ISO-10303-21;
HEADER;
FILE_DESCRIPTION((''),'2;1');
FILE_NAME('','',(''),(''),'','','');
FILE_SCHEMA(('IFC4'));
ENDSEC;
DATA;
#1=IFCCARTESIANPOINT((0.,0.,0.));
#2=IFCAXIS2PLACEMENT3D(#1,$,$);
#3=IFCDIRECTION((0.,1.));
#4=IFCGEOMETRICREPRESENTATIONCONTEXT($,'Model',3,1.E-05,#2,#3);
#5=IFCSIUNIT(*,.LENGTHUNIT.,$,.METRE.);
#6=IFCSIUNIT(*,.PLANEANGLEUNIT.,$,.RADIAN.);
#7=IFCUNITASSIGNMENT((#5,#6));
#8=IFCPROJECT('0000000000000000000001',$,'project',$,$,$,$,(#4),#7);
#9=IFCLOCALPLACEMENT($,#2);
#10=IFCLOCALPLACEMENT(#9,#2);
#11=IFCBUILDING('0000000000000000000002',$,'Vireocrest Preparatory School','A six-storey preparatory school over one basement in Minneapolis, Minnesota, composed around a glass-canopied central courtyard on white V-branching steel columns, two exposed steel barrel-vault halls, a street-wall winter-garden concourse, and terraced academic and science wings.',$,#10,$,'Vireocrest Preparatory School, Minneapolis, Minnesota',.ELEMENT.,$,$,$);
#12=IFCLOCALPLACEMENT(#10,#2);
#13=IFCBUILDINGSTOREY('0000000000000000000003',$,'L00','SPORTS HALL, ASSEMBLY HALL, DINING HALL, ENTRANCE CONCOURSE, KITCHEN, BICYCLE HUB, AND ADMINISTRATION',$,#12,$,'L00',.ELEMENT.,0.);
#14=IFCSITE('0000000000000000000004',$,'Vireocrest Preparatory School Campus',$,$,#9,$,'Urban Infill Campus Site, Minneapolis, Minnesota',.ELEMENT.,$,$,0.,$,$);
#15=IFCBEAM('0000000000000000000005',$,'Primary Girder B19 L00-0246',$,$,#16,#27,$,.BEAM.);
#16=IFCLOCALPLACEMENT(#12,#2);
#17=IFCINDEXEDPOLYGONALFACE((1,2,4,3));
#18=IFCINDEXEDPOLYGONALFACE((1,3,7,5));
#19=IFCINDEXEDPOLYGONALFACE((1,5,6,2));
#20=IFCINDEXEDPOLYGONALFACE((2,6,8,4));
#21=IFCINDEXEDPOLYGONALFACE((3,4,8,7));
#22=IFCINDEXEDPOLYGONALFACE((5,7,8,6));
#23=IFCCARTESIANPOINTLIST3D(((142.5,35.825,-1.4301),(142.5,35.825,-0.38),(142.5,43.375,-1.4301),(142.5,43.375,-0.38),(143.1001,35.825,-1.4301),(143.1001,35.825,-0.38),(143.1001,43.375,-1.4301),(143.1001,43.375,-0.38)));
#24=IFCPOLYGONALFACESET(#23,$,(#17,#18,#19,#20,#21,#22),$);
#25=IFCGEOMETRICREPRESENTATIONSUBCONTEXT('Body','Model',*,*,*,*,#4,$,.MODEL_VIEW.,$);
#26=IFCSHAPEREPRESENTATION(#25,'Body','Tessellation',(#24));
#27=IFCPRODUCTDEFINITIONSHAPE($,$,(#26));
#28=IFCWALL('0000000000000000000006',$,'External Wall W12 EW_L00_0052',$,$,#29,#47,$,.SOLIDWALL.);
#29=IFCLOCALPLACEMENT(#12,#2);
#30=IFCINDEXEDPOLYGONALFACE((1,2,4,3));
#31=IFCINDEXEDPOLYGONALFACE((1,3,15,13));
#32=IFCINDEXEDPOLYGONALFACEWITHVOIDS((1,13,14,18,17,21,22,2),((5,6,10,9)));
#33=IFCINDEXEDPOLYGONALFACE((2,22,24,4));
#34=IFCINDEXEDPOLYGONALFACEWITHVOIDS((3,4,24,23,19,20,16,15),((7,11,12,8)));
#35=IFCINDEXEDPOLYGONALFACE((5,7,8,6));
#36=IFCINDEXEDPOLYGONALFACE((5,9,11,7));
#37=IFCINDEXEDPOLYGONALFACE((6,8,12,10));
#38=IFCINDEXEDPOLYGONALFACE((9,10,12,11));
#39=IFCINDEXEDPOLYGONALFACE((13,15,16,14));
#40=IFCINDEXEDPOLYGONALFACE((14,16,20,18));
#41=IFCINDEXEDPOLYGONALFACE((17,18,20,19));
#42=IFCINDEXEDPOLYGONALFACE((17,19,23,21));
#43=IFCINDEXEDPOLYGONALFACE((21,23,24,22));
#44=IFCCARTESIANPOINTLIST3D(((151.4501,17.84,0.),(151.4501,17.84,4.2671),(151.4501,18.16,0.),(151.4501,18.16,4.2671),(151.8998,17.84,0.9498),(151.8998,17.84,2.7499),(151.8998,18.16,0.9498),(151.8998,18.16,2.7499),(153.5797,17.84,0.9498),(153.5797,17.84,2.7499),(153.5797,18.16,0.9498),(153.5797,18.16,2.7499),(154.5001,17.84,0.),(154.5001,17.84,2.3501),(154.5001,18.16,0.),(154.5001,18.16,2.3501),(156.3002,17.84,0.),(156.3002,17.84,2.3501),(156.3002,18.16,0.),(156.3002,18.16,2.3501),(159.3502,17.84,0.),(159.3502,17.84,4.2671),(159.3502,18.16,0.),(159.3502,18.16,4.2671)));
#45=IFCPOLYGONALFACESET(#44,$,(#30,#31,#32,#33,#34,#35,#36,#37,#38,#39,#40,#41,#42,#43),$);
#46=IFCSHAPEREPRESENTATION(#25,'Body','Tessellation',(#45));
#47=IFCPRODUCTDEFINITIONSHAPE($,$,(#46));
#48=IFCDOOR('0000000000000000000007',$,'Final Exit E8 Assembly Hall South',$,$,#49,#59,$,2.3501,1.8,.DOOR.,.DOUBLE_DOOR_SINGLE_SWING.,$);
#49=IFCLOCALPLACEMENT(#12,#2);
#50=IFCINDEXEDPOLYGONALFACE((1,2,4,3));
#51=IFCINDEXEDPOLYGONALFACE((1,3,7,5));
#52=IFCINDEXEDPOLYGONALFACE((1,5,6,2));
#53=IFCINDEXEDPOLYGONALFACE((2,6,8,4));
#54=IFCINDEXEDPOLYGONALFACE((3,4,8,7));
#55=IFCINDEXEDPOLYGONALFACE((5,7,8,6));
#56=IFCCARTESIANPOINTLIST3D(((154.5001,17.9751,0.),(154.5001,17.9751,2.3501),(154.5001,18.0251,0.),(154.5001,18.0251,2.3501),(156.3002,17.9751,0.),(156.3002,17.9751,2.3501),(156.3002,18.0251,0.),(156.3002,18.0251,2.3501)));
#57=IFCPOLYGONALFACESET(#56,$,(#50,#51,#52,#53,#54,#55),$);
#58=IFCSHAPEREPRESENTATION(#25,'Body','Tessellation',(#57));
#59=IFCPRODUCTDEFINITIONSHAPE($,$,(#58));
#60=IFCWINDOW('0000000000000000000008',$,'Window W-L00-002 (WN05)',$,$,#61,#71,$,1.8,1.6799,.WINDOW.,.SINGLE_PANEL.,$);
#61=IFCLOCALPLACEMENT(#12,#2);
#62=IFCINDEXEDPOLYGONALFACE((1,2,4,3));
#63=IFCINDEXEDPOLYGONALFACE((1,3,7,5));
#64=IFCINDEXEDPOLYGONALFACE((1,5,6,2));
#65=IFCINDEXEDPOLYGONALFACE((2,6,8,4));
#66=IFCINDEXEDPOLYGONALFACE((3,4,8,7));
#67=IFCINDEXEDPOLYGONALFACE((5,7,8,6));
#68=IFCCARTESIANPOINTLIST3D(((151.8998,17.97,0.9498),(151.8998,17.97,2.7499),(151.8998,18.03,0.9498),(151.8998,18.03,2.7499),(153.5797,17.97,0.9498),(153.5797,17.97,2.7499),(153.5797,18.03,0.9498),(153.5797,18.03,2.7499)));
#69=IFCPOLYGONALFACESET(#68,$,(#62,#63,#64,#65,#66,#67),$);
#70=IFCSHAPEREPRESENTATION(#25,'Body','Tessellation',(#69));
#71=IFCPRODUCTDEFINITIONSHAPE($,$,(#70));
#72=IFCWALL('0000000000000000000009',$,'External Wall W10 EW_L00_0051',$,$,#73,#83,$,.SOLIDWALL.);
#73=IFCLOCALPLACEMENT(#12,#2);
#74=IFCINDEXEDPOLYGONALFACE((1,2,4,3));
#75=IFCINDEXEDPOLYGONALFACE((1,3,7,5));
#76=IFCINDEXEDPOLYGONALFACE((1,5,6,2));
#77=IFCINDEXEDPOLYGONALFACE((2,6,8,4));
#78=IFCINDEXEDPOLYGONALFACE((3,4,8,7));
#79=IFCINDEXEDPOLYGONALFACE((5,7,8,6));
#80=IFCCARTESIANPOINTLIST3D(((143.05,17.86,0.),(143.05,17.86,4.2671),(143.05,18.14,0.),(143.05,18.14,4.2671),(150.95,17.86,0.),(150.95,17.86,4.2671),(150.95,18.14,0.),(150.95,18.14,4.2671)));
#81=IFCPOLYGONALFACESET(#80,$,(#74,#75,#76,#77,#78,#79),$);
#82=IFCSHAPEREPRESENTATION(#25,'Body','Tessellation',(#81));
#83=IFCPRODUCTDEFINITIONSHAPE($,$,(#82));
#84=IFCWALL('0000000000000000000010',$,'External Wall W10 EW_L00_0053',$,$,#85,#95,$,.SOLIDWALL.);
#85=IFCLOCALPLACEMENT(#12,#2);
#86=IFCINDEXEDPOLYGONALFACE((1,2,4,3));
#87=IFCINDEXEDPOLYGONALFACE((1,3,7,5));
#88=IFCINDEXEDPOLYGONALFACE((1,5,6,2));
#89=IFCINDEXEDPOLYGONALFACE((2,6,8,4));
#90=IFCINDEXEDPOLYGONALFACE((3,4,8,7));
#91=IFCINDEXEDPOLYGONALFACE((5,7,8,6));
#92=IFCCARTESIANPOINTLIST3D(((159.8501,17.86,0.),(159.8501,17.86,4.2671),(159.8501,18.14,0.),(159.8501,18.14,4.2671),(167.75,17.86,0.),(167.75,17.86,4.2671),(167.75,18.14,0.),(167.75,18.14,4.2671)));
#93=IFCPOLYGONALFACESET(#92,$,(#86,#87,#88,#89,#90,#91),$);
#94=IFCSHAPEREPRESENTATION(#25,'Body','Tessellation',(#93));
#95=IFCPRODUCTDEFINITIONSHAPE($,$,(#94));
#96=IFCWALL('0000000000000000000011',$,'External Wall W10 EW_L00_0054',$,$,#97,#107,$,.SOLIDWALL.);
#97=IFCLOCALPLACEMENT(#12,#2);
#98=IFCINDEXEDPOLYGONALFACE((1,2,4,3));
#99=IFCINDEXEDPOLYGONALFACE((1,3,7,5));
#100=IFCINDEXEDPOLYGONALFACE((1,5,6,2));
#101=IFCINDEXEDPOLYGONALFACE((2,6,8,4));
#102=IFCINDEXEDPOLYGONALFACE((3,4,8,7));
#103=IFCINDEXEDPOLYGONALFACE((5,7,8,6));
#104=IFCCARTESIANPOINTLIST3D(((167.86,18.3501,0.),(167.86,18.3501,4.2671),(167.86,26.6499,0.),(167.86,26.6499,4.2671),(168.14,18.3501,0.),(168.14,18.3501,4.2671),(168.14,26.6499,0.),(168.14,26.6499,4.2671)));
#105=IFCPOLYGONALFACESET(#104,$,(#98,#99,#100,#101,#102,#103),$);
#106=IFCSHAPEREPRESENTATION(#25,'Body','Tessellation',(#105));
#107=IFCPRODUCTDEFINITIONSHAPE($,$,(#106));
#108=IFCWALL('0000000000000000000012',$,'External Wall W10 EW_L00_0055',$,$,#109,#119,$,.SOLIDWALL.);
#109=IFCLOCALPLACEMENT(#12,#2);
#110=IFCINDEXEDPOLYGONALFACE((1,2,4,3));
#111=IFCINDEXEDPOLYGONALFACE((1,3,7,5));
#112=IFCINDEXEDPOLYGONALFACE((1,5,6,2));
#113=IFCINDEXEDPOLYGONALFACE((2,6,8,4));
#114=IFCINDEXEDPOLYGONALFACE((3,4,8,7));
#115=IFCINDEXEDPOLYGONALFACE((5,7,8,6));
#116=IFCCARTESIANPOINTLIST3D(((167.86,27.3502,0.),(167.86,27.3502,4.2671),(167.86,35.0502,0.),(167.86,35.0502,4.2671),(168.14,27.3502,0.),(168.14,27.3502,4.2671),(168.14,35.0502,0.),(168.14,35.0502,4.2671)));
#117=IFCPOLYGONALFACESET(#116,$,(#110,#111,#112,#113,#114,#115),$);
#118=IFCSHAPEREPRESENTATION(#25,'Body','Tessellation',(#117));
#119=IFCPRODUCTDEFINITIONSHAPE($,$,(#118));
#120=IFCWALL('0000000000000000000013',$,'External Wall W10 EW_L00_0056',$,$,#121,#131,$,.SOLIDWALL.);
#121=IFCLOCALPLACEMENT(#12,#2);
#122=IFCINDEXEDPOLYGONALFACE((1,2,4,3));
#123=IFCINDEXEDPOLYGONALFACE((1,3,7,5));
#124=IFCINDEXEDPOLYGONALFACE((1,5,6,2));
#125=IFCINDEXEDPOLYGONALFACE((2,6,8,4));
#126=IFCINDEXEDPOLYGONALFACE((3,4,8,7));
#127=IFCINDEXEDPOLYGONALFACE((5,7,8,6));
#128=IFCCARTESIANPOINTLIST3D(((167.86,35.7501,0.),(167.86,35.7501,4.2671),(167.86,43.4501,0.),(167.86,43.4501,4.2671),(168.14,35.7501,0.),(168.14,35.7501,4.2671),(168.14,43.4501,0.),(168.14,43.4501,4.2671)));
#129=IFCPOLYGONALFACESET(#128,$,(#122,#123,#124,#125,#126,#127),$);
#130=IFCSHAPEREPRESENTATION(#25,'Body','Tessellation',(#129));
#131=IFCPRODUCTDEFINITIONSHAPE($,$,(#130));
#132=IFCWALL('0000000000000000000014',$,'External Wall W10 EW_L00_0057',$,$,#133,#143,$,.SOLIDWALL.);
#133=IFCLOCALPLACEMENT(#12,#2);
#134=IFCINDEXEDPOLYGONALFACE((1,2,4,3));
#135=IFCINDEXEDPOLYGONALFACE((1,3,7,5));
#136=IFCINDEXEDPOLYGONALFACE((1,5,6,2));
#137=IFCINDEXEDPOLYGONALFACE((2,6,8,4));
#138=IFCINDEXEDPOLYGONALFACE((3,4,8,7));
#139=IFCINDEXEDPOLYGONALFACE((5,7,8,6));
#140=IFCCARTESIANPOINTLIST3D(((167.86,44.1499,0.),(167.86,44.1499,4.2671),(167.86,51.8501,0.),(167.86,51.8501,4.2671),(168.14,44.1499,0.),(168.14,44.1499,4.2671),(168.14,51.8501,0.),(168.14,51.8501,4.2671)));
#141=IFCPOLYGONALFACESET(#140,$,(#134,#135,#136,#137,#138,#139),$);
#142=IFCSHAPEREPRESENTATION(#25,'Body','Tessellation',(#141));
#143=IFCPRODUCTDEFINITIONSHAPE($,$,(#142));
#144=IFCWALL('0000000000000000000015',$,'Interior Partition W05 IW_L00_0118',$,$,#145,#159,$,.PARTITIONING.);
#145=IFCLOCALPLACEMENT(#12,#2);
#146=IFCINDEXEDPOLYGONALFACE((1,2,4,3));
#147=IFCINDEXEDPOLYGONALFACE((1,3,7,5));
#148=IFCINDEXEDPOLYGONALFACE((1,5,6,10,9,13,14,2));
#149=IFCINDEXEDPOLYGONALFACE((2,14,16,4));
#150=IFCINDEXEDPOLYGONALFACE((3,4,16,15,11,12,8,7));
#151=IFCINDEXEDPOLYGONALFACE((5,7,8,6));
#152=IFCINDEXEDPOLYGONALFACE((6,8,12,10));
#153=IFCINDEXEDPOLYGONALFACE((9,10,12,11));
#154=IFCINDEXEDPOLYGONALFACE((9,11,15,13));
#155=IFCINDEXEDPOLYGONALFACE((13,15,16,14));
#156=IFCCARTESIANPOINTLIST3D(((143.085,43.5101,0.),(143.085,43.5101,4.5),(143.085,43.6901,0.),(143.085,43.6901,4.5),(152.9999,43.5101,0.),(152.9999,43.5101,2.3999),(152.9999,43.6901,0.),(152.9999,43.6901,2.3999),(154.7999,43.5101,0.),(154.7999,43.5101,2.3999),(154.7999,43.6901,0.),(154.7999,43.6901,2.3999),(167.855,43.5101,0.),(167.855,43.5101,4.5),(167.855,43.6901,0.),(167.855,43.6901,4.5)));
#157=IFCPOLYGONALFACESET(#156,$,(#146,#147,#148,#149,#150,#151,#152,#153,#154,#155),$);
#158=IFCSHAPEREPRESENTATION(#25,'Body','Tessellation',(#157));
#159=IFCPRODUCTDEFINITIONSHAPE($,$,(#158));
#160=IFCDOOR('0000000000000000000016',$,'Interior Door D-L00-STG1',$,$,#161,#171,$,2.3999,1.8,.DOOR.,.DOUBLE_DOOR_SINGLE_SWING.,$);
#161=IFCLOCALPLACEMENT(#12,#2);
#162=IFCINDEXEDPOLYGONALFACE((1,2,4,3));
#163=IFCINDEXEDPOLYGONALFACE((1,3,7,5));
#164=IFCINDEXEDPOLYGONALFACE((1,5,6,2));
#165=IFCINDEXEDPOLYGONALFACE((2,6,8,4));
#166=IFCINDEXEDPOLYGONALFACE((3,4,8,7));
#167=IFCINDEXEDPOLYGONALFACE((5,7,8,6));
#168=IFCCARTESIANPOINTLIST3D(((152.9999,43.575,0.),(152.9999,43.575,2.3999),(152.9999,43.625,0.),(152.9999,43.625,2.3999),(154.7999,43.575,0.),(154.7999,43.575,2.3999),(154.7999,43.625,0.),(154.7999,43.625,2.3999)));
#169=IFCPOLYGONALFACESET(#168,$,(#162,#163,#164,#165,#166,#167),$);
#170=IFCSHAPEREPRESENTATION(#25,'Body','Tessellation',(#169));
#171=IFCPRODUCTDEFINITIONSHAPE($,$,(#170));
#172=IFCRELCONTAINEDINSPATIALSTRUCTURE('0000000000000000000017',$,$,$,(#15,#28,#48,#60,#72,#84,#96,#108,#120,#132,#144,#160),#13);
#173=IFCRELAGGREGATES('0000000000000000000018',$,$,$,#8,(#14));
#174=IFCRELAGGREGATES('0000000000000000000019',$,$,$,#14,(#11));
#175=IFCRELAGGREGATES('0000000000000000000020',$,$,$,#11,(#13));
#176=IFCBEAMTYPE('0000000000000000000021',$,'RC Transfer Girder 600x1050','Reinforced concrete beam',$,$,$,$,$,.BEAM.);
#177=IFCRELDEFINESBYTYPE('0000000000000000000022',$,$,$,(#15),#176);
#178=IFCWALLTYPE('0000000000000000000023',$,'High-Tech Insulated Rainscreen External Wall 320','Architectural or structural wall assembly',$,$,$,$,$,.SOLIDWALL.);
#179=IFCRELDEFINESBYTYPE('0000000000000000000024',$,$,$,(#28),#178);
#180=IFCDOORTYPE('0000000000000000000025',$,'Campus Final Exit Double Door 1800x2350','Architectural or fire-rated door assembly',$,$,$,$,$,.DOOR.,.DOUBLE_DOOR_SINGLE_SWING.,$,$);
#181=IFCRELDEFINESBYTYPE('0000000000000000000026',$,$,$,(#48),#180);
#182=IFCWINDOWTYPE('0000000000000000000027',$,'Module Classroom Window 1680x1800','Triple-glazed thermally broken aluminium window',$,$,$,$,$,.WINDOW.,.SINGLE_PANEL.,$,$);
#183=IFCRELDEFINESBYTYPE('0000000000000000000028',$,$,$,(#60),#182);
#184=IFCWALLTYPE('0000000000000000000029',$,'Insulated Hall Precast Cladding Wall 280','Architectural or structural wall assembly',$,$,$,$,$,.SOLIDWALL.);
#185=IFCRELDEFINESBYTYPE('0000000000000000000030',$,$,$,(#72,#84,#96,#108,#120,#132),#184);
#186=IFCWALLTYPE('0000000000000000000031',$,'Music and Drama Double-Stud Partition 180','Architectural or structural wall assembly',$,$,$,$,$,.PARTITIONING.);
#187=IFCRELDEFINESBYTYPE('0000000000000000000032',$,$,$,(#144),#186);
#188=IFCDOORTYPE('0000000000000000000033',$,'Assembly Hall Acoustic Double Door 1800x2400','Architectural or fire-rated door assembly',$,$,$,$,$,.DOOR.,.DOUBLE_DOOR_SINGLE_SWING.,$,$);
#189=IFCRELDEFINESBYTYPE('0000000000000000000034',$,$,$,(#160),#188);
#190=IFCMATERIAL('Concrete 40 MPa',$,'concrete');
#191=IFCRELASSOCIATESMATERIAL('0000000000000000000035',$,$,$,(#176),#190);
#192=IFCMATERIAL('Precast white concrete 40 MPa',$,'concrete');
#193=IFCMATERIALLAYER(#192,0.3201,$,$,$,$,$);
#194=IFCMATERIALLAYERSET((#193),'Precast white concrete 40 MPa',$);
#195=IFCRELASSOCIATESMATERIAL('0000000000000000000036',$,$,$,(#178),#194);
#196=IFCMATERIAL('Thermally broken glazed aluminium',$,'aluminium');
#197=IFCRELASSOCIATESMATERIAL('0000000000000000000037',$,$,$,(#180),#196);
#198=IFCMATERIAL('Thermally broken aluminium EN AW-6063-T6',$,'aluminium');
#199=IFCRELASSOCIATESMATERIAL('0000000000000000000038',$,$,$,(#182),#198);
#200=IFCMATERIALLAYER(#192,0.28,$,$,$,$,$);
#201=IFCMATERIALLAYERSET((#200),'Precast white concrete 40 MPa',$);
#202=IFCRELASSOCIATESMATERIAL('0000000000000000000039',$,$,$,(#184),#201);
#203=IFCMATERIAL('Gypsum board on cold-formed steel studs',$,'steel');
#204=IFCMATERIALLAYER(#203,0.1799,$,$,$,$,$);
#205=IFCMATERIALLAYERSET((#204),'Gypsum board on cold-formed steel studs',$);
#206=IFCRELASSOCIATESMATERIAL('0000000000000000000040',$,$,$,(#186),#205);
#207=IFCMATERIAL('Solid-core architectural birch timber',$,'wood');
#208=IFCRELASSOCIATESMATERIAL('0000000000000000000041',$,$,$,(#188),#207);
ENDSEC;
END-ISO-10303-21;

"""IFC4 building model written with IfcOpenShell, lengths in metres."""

from ifc_helpers import new_model, si_unit, direction, frame, frame_2d, origin, origin_2d, place, context, subcontext, project, spatial, rectangle, extrude, material, layer, layer_set, material_profile, profile_set, type_object, element, fill, save


model = new_model("IFC4")

# Units and contexts
model_context = context("Model", 3, precision=1e-05, world=origin(), true_north=direction((0.0, 1.0)))
body_context = subcontext(model_context, "Body", "Model", "MODEL_VIEW")
ifc_project = project(units=[si_unit("LENGTHUNIT", "METRE"), si_unit("PLANEANGLEUNIT", "RADIAN")], contexts=[model_context])

# Site, building, storey
site_placement = place(None, origin())
site = spatial("IfcSite", under=ifc_project, at=site_placement, Name="Vireocrest Preparatory School Campus", LongName="Urban Infill Campus Site, Minneapolis, Minnesota", CompositionType="ELEMENT", RefElevation=0.0)
building_placement = place(site_placement, origin())
building = spatial("IfcBuilding", under=site, at=building_placement, Name="Vireocrest Preparatory School", Description="A six-storey preparatory school over one basement in Minneapolis, Minnesota, composed around a glass-canopied central courtyard on white V-branching steel columns, two exposed steel barrel-vault halls, a street-wall winter-garden concourse, and terraced academic and science wings.", LongName="Vireocrest Preparatory School, Minneapolis, Minnesota", CompositionType="ELEMENT")
storey_placement = place(building_placement, origin())
storey = spatial("IfcBuildingStorey", under=building, at=storey_placement, Name="L00", Description="SPORTS HALL, ASSEMBLY HALL, DINING HALL, ENTRANCE CONCOURSE, KITCHEN, BICYCLE HUB, AND ADMINISTRATION", LongName="L00", CompositionType="ELEMENT", Elevation=0.0)

# Beam
ifc_material_1 = material(Name="Concrete 40 MPa", Category="concrete")
ifc_material_profile_1 = material_profile(ifc_material_1, rectangle(XDim=0.6001, YDim=1.05, at=origin_2d()), Name="RC 600x1050")
ifc_profile_set_1 = profile_set([ifc_material_profile_1], Name="Concrete 40 MPa")
beam_type_1 = type_object("IfcBeamType", Name="RC Transfer Girder 600x1050", Description="Reinforced concrete beam", PredefinedType="BEAM", material=ifc_profile_set_1)
beam_1_placement = place(storey_placement, frame((142.8, 35.825, -0.905), z_axis=(0.0, 1.0, 0.0), x_axis=(-1.0, 0.0, 0.0)))
element("IfcBeam", 1, at=beam_1_placement, inside=storey, type_object=beam_type_1, Name="Primary Girder B19 L00-0246", PredefinedType="BEAM", context=body_context, shape_type="SweptSolid", body=[
    extrude(rectangle(XDim=0.6001, YDim=1.05, at=origin_2d()), origin(), (0.0, 0.0, 1.0), 7.55),
])

# Wall, openings, door, window
ifc_material_2 = material(Name="Precast white concrete 40 MPa", Category="concrete")
ifc_layer_1 = layer(ifc_material_2, 0.3201)
ifc_layer_set_1 = layer_set([ifc_layer_1], Name="Precast white concrete 40 MPa")
wall_type_1 = type_object("IfcWallType", Name="High-Tech Insulated Rainscreen External Wall 320", Description="Architectural or structural wall assembly", PredefinedType="SOLIDWALL", material=ifc_layer_set_1)
wall_1_placement = place(storey_placement, frame((151.45, 18.0, 0.0), z_axis=(0.0, 0.0, 1.0), x_axis=(1.0, 0.0, 0.0)))
wall_1 = element("IfcWall", 2, at=wall_1_placement, inside=storey, type_object=wall_type_1, Name="External Wall W12 EW_L00_0052", PredefinedType="SOLIDWALL", context=body_context, shape_type="SweptSolid", body=[
    extrude(rectangle(XDim=7.9001, YDim=0.3201, at=frame_2d((3.9502, 0.0))), origin(), (0.0, 0.0, 1.0), 4.2671),
])
opening_1_placement = place(wall_1_placement, frame((4.8501, 0.0, 0.0), z_axis=(0.0, 0.0, 1.0), x_axis=(-1.0, 0.0, 0.0)))
opening_1 = element("IfcOpeningElement", 3, at=opening_1_placement, cuts=wall_1, PredefinedType="OPENING", context=body_context, shape_type="SweptSolid", body=[
    extrude(rectangle(XDim=1.8, YDim=2.3501, at=frame_2d((0.8999, 1.175))), frame((0.0, 0.1699, 0.0), z_axis=(0.0, -1.0, 0.0), x_axis=(1.0, 0.0, 0.0)), (0.0, 0.0, 1.0), 0.3401),
])
opening_2_placement = place(wall_1_placement, frame((0.45, 0.0, 0.95)))
opening_2 = element("IfcOpeningElement", 4, at=opening_2_placement, cuts=wall_1, PredefinedType="OPENING", context=body_context, shape_type="SweptSolid", body=[
    extrude(rectangle(XDim=1.6799, YDim=1.8, at=frame_2d((0.8398, 0.8999))), frame((0.0, 0.1699, 0.0), z_axis=(0.0, -1.0, 0.0), x_axis=(1.0, 0.0, 0.0)), (0.0, 0.0, 1.0), 0.3401),
])
ifc_material_3 = material(Name="Thermally broken glazed aluminium", Category="aluminium")
door_type_1 = type_object("IfcDoorType", Name="Campus Final Exit Double Door 1800x2350", Description="Architectural or fire-rated door assembly", OperationType="DOUBLE_DOOR_SINGLE_SWING", PredefinedType="DOOR", material=ifc_material_3)
door_1_placement = place(opening_1_placement, origin())
door_1 = element("IfcDoor", 5, at=door_1_placement, inside=storey, type_object=door_type_1, Name="Final Exit E8 Assembly Hall South", OperationType="DOUBLE_DOOR_SINGLE_SWING", OverallHeight=2.3501, OverallWidth=1.8, PredefinedType="DOOR", context=body_context, shape_type="SweptSolid", body=[
    extrude(rectangle(XDim=1.8, YDim=2.3501, at=frame_2d((0.8999, 1.175))), frame((0.0, 0.0249, 0.0), z_axis=(0.0, -1.0, 0.0), x_axis=(1.0, 0.0, 0.0)), (0.0, 0.0, 1.0), 0.05),
])
fill(opening_1, door_1)
ifc_material_4 = material(Name="Thermally broken aluminium EN AW-6063-T6", Category="aluminium")
window_type = type_object("IfcWindowType", Name="Module Classroom Window 1680x1800", Description="Triple-glazed thermally broken aluminium window", PartitioningType="SINGLE_PANEL", PredefinedType="WINDOW", material=ifc_material_4)
window_placement = place(opening_2_placement, origin())
window = element("IfcWindow", 6, at=window_placement, inside=storey, type_object=window_type, Name="Window W-L00-002 (WN05)", OverallHeight=1.8, OverallWidth=1.6799, PartitioningType="SINGLE_PANEL", PredefinedType="WINDOW", context=body_context, shape_type="SweptSolid", body=[
    extrude(rectangle(XDim=1.6799, YDim=1.8, at=frame_2d((0.8398, 0.8999))), frame((0.0, 0.03, 0.0), z_axis=(0.0, -1.0, 0.0), x_axis=(1.0, 0.0, 0.0)), (0.0, 0.0, 1.0), 0.0601),
])
fill(opening_2, window)

# Walls
ifc_layer_2 = layer(ifc_material_2, 0.28)
ifc_layer_set_2 = layer_set([ifc_layer_2], Name="Precast white concrete 40 MPa")
wall_type_2 = type_object("IfcWallType", Name="Insulated Hall Precast Cladding Wall 280", Description="Architectural or structural wall assembly", PredefinedType="SOLIDWALL", material=ifc_layer_set_2)
for number, where, z_axis, x_axis, name in (
    (7, (143.05, 18.0, 0.0), (0.0, 0.0, 1.0), (1.0, 0.0, 0.0), "External Wall W10 EW_L00_0051"),
    (8, (159.8501, 18.0, 0.0), (0.0, 0.0, 1.0), (1.0, 0.0, 0.0), "External Wall W10 EW_L00_0053"),
):
    element("IfcWall", number, at=place(storey_placement, frame(where, z_axis=z_axis, x_axis=x_axis)), inside=storey, type_object=wall_type_2, Name=name, PredefinedType="SOLIDWALL", context=body_context, shape_type="SweptSolid", body=[
        extrude(rectangle(XDim=7.8999, YDim=0.28, at=frame_2d((3.95, 0.0))), origin(), (0.0, 0.0, 1.0), 4.2671),
    ])
wall_2_placement = place(storey_placement, frame((168.0, 18.3501, 0.0), z_axis=(0.0, 0.0, 1.0), x_axis=(0.0, 1.0, 0.0)))
element("IfcWall", 9, at=wall_2_placement, inside=storey, type_object=wall_type_2, Name="External Wall W10 EW_L00_0054", PredefinedType="SOLIDWALL", context=body_context, shape_type="SweptSolid", body=[
    extrude(rectangle(XDim=8.2998, YDim=0.28, at=frame_2d((4.1499, 0.0))), origin(), (0.0, 0.0, 1.0), 4.2671),
])
for number, where, z_axis, x_axis, name in (
    (10, (168.0, 27.3501, 0.0), (0.0, 0.0, 1.0), (0.0, 1.0, 0.0), "External Wall W10 EW_L00_0055"),
    (11, (168.0, 35.75, 0.0), (0.0, 0.0, 1.0), (0.0, 1.0, 0.0), "External Wall W10 EW_L00_0056"),
):
    element("IfcWall", number, at=place(storey_placement, frame(where, z_axis=z_axis, x_axis=x_axis)), inside=storey, type_object=wall_type_2, Name=name, PredefinedType="SOLIDWALL", context=body_context, shape_type="SweptSolid", body=[
        extrude(rectangle(XDim=7.7, YDim=0.28, at=frame_2d((3.8501, 0.0))), origin(), (0.0, 0.0, 1.0), 4.2671),
    ])
wall_3_placement = place(storey_placement, frame((168.0, 44.1499, 0.0), z_axis=(0.0, 0.0, 1.0), x_axis=(0.0, 1.0, 0.0)))
element("IfcWall", 12, at=wall_3_placement, inside=storey, type_object=wall_type_2, Name="External Wall W10 EW_L00_0057", PredefinedType="SOLIDWALL", context=body_context, shape_type="SweptSolid", body=[
    extrude(rectangle(XDim=7.7002, YDim=0.28, at=frame_2d((3.8501, 0.0))), origin(), (0.0, 0.0, 1.0), 4.2671),
])

# Wall, opening, door
ifc_material_5 = material(Name="Gypsum board on cold-formed steel studs", Category="steel")
ifc_layer_3 = layer(ifc_material_5, 0.1799)
ifc_layer_set_3 = layer_set([ifc_layer_3], Name="Gypsum board on cold-formed steel studs")
wall_type_3 = type_object("IfcWallType", Name="Music and Drama Double-Stud Partition 180", Description="Architectural or structural wall assembly", PredefinedType="PARTITIONING", material=ifc_layer_set_3)
wall_4_placement = place(storey_placement, frame((143.085, 43.6001, 0.0), z_axis=(0.0, 0.0, 1.0), x_axis=(1.0, 0.0, 0.0)))
wall_4 = element("IfcWall", 13, at=wall_4_placement, inside=storey, type_object=wall_type_3, Name="Interior Partition W05 IW_L00_0118", PredefinedType="PARTITIONING", context=body_context, shape_type="SweptSolid", body=[
    extrude(rectangle(XDim=24.77, YDim=0.1799, at=frame_2d((12.385, 0.0))), origin(), (0.0, 0.0, 1.0), 4.5),
])
opening_3_placement = place(wall_4_placement, frame((9.915, 0.0, 0.0)))
opening_3 = element("IfcOpeningElement", 14, at=opening_3_placement, cuts=wall_4, PredefinedType="OPENING", context=body_context, shape_type="SweptSolid", body=[
    extrude(rectangle(XDim=1.8, YDim=2.3999, at=frame_2d((0.8999, 1.2))), frame((0.0, 0.0999, 0.0), z_axis=(0.0, -1.0, 0.0), x_axis=(1.0, 0.0, 0.0)), (0.0, 0.0, 1.0), 0.2),
])
ifc_material_6 = material(Name="Solid-core architectural birch timber", Category="wood")
door_type_2 = type_object("IfcDoorType", Name="Assembly Hall Acoustic Double Door 1800x2400", Description="Architectural or fire-rated door assembly", OperationType="DOUBLE_DOOR_SINGLE_SWING", PredefinedType="DOOR", material=ifc_material_6)
door_2_placement = place(opening_3_placement, origin())
door_2 = element("IfcDoor", 15, at=door_2_placement, inside=storey, type_object=door_type_2, Name="Interior Door D-L00-STG1", OperationType="DOUBLE_DOOR_SINGLE_SWING", OverallHeight=2.3999, OverallWidth=1.8, PredefinedType="DOOR", context=body_context, shape_type="SweptSolid", body=[
    extrude(rectangle(XDim=1.8, YDim=2.3999, at=frame_2d((0.8999, 1.2))), frame((0.0, 0.0249, 0.0), z_axis=(0.0, -1.0, 0.0), x_axis=(1.0, 0.0, 0.0)), (0.0, 0.0, 1.0), 0.05),
])
fill(opening_3, door_2)

save(model, "model.ifc")
